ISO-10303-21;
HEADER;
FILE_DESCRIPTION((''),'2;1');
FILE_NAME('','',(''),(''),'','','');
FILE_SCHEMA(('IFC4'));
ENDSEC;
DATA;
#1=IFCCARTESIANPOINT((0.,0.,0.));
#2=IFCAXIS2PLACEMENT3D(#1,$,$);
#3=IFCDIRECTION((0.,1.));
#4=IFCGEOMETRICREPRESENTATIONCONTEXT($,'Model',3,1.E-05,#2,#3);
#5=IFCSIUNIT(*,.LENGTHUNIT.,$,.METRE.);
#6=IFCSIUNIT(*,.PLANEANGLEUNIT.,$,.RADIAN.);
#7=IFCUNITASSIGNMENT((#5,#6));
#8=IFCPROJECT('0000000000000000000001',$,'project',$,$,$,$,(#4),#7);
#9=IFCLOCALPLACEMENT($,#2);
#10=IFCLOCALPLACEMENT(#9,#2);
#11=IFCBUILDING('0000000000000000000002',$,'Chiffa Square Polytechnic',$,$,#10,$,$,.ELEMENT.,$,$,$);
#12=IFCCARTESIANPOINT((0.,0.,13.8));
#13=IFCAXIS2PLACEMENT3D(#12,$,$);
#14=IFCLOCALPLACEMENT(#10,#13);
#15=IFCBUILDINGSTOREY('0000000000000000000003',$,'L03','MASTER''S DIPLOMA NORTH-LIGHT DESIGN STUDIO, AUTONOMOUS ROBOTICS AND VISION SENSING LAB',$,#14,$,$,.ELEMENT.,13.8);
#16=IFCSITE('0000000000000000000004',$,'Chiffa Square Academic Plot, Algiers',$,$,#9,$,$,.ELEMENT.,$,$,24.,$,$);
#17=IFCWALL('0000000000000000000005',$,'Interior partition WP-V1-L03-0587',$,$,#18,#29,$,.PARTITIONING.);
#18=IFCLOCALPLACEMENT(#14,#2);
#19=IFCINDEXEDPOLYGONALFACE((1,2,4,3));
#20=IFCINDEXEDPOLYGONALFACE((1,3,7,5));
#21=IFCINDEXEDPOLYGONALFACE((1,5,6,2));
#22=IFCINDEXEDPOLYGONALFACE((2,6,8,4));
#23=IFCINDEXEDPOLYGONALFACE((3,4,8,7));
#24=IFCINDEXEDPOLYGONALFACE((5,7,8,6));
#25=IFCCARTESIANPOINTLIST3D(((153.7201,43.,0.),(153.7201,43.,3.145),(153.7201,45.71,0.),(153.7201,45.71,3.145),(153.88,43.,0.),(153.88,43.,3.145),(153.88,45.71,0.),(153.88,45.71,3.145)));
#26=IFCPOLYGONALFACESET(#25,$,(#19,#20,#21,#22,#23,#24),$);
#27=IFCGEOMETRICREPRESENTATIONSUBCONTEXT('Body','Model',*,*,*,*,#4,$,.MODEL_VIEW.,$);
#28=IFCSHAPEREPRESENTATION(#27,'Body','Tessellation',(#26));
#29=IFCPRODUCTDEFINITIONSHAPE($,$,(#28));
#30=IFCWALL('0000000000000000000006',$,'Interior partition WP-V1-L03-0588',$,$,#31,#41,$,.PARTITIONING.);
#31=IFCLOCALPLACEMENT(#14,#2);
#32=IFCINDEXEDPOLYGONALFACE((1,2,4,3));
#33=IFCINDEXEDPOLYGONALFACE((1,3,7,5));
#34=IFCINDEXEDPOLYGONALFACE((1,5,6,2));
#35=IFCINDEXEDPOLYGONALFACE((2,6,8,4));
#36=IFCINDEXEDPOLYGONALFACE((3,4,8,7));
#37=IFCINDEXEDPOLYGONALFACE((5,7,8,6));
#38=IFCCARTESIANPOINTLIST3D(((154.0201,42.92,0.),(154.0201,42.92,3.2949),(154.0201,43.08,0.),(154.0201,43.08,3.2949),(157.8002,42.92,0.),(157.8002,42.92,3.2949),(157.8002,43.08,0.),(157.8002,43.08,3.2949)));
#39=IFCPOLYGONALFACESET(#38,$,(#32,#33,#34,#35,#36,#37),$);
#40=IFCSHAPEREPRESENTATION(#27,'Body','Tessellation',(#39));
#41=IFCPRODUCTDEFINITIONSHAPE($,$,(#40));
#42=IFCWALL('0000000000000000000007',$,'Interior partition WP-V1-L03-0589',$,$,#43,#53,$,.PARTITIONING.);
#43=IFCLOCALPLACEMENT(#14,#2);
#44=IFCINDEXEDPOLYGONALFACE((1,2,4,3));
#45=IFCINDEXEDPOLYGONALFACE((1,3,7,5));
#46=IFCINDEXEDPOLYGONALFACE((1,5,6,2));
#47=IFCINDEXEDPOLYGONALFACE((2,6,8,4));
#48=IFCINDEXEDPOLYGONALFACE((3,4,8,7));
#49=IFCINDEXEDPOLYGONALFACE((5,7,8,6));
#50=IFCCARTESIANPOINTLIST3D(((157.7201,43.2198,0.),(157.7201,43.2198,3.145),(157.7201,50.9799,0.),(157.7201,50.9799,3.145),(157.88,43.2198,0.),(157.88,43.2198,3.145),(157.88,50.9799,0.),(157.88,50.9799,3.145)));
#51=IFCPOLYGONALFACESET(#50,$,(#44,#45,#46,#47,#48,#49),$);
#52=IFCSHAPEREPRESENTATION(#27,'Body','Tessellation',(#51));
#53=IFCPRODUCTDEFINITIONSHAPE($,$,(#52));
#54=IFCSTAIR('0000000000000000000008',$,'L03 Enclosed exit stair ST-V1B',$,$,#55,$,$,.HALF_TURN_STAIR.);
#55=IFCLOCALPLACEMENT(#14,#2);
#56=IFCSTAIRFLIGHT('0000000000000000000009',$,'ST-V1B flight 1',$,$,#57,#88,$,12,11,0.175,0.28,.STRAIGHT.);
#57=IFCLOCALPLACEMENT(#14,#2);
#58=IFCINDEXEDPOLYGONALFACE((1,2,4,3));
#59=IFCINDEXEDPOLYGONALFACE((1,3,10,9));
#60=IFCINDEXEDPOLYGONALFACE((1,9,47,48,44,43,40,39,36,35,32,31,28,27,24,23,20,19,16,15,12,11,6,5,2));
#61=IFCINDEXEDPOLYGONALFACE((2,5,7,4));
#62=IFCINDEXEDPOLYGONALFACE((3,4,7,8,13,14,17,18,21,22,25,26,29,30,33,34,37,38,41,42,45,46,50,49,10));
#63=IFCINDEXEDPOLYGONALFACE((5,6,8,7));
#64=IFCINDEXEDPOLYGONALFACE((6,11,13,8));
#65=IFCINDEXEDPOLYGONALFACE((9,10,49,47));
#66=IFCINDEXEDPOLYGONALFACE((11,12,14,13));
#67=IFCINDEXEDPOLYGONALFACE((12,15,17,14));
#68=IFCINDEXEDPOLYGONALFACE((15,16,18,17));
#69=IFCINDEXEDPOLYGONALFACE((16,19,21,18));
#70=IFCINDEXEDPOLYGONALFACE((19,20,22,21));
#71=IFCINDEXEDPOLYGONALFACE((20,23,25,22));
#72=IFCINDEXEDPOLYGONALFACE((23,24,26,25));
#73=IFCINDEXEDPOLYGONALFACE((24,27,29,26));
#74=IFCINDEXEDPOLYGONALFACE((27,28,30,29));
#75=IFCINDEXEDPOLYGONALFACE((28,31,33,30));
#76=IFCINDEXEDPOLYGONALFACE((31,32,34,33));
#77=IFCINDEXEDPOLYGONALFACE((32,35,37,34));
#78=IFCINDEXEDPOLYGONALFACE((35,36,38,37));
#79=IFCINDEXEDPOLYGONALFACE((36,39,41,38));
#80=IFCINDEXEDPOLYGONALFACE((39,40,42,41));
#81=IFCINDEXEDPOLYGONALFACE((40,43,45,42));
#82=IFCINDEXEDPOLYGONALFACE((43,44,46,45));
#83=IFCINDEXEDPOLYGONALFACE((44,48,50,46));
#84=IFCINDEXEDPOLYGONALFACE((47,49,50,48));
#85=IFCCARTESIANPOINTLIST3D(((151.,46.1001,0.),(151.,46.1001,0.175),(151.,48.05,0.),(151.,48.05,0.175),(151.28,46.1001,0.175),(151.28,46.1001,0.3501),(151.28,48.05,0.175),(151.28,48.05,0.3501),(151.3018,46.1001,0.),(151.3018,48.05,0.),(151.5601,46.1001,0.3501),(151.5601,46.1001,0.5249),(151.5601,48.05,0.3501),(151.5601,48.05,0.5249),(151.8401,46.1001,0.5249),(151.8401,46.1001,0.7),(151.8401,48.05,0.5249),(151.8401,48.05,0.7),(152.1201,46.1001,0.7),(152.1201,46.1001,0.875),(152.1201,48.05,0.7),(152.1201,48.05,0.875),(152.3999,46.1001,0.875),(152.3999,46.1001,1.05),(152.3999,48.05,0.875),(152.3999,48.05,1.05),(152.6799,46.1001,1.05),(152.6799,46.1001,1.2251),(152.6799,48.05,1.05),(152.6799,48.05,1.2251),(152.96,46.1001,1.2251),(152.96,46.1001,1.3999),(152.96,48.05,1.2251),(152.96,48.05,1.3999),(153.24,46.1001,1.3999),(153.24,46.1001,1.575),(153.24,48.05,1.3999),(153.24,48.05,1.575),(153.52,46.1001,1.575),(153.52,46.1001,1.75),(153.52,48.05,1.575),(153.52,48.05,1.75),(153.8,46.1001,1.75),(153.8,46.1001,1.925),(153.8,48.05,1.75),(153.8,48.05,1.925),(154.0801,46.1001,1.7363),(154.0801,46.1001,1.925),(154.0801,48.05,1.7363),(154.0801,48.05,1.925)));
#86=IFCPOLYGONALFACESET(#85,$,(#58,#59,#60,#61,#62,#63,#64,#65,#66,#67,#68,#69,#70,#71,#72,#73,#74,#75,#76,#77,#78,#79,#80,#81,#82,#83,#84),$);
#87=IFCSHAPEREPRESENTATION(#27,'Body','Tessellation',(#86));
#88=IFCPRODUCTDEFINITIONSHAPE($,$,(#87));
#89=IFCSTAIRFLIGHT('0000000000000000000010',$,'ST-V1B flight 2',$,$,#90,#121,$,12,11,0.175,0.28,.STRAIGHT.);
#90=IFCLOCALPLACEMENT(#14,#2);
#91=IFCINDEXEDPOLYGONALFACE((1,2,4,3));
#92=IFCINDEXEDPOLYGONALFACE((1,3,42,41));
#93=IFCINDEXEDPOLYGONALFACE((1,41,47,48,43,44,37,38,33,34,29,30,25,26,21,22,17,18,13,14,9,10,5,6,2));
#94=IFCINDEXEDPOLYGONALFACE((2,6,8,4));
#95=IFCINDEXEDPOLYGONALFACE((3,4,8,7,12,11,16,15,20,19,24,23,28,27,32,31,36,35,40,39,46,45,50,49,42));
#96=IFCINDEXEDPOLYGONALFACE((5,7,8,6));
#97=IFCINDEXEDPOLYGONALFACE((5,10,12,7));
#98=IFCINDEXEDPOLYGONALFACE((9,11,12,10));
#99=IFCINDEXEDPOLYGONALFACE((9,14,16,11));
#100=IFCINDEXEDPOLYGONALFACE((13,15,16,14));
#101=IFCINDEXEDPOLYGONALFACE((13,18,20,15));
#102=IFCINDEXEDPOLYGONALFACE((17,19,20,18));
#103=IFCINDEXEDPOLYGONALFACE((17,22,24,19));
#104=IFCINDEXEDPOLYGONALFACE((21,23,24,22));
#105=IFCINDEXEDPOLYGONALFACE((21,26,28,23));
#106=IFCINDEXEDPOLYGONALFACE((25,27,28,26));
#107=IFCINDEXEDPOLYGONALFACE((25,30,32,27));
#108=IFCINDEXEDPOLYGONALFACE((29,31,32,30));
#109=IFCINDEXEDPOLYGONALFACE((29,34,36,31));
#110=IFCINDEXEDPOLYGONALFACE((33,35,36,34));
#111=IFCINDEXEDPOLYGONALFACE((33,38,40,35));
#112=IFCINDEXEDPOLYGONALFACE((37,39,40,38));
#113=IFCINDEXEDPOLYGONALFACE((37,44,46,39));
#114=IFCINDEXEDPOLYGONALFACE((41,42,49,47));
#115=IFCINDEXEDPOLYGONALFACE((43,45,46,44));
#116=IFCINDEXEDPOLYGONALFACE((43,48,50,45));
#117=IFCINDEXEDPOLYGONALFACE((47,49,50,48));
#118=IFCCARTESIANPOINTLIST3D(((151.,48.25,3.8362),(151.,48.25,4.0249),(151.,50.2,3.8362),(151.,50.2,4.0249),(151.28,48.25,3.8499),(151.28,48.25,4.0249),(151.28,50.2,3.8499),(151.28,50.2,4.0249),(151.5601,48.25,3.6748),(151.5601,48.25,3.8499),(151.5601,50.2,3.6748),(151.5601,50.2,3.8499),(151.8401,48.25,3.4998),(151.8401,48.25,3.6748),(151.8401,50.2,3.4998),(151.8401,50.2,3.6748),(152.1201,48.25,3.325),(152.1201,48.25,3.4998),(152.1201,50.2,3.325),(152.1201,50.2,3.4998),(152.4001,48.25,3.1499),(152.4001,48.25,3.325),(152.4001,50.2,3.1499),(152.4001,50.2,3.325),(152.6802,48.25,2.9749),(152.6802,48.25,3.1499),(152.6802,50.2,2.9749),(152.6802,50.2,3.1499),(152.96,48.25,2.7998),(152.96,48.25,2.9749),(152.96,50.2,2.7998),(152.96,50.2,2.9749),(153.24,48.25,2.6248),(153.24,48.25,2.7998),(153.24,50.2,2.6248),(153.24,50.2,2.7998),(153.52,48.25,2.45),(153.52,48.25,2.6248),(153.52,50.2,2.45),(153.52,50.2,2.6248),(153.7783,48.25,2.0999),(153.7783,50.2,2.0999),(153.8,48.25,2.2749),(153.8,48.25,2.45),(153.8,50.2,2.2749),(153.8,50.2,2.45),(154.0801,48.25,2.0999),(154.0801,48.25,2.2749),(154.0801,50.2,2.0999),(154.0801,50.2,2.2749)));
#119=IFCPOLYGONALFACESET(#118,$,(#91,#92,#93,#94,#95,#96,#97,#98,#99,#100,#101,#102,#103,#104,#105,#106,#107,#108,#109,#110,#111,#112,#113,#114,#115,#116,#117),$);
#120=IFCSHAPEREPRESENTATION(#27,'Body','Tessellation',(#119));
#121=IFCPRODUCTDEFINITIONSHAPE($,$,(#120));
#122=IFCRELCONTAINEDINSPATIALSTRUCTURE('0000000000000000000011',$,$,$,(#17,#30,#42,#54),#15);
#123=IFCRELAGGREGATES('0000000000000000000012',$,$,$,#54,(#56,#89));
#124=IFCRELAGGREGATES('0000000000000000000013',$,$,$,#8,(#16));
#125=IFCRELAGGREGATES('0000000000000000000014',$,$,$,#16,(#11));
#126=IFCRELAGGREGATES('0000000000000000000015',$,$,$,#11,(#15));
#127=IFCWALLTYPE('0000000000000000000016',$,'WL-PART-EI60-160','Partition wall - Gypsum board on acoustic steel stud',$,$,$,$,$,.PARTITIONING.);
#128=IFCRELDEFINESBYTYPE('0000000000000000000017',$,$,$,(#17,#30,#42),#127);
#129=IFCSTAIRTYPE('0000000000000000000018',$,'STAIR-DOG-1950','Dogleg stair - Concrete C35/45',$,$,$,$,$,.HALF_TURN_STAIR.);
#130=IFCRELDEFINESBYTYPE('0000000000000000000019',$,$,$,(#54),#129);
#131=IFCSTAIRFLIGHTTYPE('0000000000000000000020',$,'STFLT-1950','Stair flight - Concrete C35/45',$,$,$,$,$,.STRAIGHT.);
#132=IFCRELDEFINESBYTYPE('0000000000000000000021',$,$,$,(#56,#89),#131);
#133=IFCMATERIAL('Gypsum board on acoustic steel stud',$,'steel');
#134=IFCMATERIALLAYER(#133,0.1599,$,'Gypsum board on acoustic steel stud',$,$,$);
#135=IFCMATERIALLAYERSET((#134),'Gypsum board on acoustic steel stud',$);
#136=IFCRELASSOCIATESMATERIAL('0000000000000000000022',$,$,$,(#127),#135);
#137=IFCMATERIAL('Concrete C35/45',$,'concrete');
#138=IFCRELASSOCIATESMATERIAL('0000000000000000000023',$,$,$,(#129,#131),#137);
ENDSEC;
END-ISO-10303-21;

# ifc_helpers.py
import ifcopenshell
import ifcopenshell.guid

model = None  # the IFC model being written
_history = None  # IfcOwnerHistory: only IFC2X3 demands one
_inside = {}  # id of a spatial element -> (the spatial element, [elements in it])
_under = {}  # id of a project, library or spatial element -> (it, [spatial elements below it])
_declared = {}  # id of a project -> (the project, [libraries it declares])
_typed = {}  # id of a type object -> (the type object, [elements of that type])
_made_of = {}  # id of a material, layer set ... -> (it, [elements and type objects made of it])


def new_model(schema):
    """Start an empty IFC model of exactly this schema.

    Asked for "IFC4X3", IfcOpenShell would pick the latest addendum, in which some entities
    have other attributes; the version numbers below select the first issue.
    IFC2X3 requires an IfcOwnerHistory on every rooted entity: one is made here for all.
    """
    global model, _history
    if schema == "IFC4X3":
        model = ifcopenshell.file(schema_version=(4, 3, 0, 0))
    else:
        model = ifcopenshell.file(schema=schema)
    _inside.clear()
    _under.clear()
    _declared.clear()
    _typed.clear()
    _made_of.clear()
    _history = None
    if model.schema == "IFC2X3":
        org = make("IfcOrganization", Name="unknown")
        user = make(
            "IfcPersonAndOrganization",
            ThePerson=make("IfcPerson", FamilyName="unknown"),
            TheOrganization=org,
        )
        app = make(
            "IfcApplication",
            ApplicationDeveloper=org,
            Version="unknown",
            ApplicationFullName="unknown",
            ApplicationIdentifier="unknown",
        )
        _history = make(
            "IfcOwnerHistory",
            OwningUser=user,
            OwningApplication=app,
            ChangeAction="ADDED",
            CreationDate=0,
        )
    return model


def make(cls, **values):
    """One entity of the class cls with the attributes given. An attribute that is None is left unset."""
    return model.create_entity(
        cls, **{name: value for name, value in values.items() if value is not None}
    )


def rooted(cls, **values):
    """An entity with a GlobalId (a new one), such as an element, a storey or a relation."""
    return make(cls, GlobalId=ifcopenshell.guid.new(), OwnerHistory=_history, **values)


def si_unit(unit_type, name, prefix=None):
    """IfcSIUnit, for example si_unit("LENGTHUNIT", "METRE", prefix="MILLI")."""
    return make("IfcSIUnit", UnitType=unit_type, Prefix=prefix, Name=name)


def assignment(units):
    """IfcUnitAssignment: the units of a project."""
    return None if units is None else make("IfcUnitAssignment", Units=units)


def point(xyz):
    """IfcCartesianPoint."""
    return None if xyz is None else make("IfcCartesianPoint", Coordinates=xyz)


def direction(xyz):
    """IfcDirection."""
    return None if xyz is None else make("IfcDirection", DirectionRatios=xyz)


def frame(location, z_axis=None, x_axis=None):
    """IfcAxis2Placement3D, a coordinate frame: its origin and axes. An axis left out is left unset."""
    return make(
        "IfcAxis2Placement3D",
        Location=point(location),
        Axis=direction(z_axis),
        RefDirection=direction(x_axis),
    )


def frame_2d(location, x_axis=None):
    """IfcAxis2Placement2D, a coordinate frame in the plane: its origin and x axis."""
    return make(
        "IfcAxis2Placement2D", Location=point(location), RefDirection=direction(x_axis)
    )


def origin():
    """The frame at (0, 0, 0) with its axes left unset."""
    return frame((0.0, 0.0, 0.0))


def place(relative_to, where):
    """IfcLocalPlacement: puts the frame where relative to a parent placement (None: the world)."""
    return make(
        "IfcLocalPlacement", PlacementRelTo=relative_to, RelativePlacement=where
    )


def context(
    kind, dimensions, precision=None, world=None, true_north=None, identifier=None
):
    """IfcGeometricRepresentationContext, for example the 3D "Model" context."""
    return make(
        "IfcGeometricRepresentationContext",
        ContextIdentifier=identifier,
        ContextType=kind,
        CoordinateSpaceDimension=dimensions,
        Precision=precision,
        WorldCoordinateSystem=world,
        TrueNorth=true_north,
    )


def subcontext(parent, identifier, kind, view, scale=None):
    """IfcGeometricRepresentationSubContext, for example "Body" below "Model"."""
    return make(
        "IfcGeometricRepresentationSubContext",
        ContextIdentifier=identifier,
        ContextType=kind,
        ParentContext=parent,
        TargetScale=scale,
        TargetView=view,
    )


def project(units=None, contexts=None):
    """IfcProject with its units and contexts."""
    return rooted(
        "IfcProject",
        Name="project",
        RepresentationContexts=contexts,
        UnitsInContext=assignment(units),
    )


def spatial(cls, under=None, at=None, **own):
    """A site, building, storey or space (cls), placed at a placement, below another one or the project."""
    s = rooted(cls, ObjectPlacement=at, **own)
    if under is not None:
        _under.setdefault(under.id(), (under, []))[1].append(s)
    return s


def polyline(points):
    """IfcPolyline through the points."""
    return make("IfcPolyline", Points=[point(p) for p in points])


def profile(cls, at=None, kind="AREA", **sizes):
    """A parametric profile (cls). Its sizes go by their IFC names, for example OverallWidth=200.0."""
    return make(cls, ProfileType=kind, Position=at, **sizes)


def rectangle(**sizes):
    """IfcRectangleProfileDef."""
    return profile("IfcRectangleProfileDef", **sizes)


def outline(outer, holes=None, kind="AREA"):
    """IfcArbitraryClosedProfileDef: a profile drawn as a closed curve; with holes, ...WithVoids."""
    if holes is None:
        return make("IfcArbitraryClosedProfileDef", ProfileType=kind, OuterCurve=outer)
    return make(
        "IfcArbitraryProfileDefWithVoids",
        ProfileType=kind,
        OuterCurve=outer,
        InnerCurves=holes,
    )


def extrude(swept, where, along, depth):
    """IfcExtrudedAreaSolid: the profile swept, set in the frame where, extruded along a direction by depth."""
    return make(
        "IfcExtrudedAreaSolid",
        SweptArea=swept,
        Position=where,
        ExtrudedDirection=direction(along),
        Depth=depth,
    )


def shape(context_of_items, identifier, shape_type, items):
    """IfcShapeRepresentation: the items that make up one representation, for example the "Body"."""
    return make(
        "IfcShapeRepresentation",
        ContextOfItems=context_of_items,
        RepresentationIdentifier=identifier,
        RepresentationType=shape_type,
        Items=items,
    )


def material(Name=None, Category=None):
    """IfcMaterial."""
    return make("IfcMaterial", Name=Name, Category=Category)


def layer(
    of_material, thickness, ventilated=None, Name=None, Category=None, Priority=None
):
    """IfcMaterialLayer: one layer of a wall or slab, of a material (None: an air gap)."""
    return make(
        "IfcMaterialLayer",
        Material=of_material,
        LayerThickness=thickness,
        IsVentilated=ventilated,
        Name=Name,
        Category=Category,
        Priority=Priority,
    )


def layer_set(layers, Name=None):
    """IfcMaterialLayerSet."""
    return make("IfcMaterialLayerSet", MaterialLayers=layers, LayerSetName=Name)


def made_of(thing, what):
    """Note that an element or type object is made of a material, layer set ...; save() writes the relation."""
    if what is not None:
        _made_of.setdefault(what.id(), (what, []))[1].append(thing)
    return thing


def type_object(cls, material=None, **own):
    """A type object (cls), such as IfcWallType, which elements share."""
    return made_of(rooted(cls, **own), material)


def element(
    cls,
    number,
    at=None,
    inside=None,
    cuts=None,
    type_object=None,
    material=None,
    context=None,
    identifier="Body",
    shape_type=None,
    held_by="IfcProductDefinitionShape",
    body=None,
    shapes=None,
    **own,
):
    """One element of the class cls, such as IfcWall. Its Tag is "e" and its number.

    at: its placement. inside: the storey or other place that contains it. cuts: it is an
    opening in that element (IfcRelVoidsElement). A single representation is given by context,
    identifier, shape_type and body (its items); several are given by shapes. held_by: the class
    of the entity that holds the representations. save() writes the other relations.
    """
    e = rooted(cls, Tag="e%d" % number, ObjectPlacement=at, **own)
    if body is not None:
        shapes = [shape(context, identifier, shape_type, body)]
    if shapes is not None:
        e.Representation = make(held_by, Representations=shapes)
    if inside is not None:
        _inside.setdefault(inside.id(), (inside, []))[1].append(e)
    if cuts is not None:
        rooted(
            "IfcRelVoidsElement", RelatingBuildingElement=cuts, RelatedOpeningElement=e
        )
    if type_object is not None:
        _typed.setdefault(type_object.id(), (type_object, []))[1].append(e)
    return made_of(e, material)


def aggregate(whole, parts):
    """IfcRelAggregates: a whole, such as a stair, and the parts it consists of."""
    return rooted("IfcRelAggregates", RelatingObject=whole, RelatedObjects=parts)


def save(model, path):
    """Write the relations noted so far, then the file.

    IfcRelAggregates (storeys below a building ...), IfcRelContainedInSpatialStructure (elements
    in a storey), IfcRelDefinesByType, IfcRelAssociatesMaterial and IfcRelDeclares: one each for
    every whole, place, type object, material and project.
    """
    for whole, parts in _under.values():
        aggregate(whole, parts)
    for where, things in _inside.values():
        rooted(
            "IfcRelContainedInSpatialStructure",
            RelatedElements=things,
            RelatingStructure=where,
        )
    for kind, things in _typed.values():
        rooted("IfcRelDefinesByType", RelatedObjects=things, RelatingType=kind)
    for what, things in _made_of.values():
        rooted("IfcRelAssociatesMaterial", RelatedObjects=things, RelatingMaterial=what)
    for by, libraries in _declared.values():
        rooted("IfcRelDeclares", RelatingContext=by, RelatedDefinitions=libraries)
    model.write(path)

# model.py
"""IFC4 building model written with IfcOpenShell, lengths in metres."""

from ifc_helpers import new_model, si_unit, direction, frame, frame_2d, origin, place, context, subcontext, project, spatial, polyline, rectangle, outline, extrude, material, layer, layer_set, type_object, element, aggregate, save


model = new_model("IFC4")

# Units and contexts
model_context = context("Model", 3, precision=1e-05, world=origin(), true_north=direction((0.0, 1.0)))
body_context = subcontext(model_context, "Body", "Model", "MODEL_VIEW")
ifc_project = project(units=[si_unit("LENGTHUNIT", "METRE"), si_unit("PLANEANGLEUNIT", "RADIAN")], contexts=[model_context])

# Site, building, storey
site_placement = place(None, origin())
site = spatial("IfcSite", under=ifc_project, at=site_placement, Name="Chiffa Square Academic Plot, Algiers", CompositionType="ELEMENT", RefElevation=24.0)
building_placement = place(site_placement, origin())
building = spatial("IfcBuilding", under=site, at=building_placement, Name="Chiffa Square Polytechnic", CompositionType="ELEMENT")
storey_placement = place(building_placement, frame((0.0, 0.0, 13.8)))
storey = spatial("IfcBuildingStorey", under=building, at=storey_placement, Name="L03", Description="MASTER'S DIPLOMA NORTH-LIGHT DESIGN STUDIO, AUTONOMOUS ROBOTICS AND VISION SENSING LAB", CompositionType="ELEMENT", Elevation=13.8)

# Shared definitions
ifc_material_1 = material(Name="Concrete C35/45", Category="concrete")

# Walls
ifc_material_2 = material(Name="Gypsum board on acoustic steel stud", Category="steel")
ifc_layer_1 = layer(ifc_material_2, 0.1599, Name="Gypsum board on acoustic steel stud")
ifc_layer_set_1 = layer_set([ifc_layer_1], Name="Gypsum board on acoustic steel stud")
wall_type_1 = type_object("IfcWallType", Name="WL-PART-EI60-160", Description="Partition wall - Gypsum board on acoustic steel stud", PredefinedType="PARTITIONING", material=ifc_layer_set_1)
wall_1_placement = place(storey_placement, frame((153.8, 43.0, 0.0), z_axis=(0.0, 0.0, 1.0), x_axis=(0.0, 1.0, 0.0)))
element("IfcWall", 1, at=wall_1_placement, inside=storey, type_object=wall_type_1, Name="Interior partition WP-V1-L03-0587", PredefinedType="PARTITIONING", context=body_context, shape_type="SweptSolid", body=[
    extrude(rectangle(XDim=2.71, YDim=0.1599, at=frame_2d((1.355, 0.0))), origin(), (0.0, 0.0, 1.0), 3.145),
])
wall_2_placement = place(storey_placement, frame((154.02, 43.0, 0.0), z_axis=(0.0, 0.0, 1.0), x_axis=(1.0, 0.0, 0.0)))
element("IfcWall", 2, at=wall_2_placement, inside=storey, type_object=wall_type_1, Name="Interior partition WP-V1-L03-0588", PredefinedType="PARTITIONING", context=body_context, shape_type="SweptSolid", body=[
    extrude(rectangle(XDim=3.78, YDim=0.1599, at=frame_2d((1.8901, 0.0))), origin(), (0.0, 0.0, 1.0), 3.2949),
])
wall_3_placement = place(storey_placement, frame((157.8, 43.22, 0.0), z_axis=(0.0, 0.0, 1.0), x_axis=(0.0, 1.0, 0.0)))
element("IfcWall", 3, at=wall_3_placement, inside=storey, type_object=wall_type_1, Name="Interior partition WP-V1-L03-0589", PredefinedType="PARTITIONING", context=body_context, shape_type="SweptSolid", body=[
    extrude(rectangle(XDim=7.76, YDim=0.1599, at=frame_2d((3.8799, 0.0))), origin(), (0.0, 0.0, 1.0), 3.145),
])

# Stair, stair flights
stair_type = type_object("IfcStairType", Name="STAIR-DOG-1950", Description="Dogleg stair - Concrete C35/45", PredefinedType="HALF_TURN_STAIR", material=ifc_material_1)
stair_placement = place(storey_placement, origin())
stair = element("IfcStair", 4, at=stair_placement, inside=storey, type_object=stair_type, Name="L03 Enclosed exit stair ST-V1B", PredefinedType="HALF_TURN_STAIR")
stair_flight_type = type_object("IfcStairFlightType", Name="STFLT-1950", Description="Stair flight - Concrete C35/45", PredefinedType="STRAIGHT", material=ifc_material_1)
stair_flight_1_placement = place(storey_placement, frame((151.0, 47.075, 0.0), z_axis=(0.0, 0.0, 1.0), x_axis=(1.0, 0.0, 0.0)))
stair_flight_1 = element("IfcStairFlight", 5, at=stair_flight_1_placement, type_object=stair_flight_type, Name="ST-V1B flight 1", NumberOfRisers=12, NumberOfTreads=11, PredefinedType="STRAIGHT", RiserHeight=0.175, TreadLength=0.28, context=body_context, shape_type="SweptSolid", body=[
    extrude(outline(polyline([(0.0, 0.0), (0.0, 0.175), (0.28, 0.175), (0.28, 0.3501), (0.5601, 0.3501), (0.5601, 0.5249), (0.8401, 0.5249), (0.8401, 0.7), (1.1201, 0.7), (1.1201, 0.875), (1.3999, 0.875), (1.3999, 1.05), (1.6799, 1.05), (1.6799, 1.2251), (1.96, 1.2251), (1.96, 1.3999), (2.24, 1.3999), (2.24, 1.575), (2.52, 1.575), (2.52, 1.75), (2.8, 1.75), (2.8, 1.925), (3.0801, 1.925), (3.0801, 2.1001), (3.0801, 1.7363), (0.3018, 0.0), (0.0, 0.0)])), frame((0.0, 0.9751, 0.0), z_axis=(0.0, -1.0, 0.0), x_axis=(1.0, 0.0, 0.0)), (0.0, 0.0, 1.0), 1.95),
])
stair_flight_2_placement = place(storey_placement, frame((154.0801, 49.2251, 2.0999), z_axis=(0.0, 0.0, 1.0), x_axis=(-1.0, 0.0, 0.0)))
stair_flight_2 = element("IfcStairFlight", 6, at=stair_flight_2_placement, type_object=stair_flight_type, Name="ST-V1B flight 2", NumberOfRisers=12, NumberOfTreads=11, PredefinedType="STRAIGHT", RiserHeight=0.175, TreadLength=0.28, context=body_context, shape_type="SweptSolid", body=[
    extrude(outline(polyline([(0.0, 0.0), (0.0, 0.175), (0.28, 0.175), (0.28, 0.3501), (0.5601, 0.3501), (0.5601, 0.5249), (0.8401, 0.5249), (0.8401, 0.7), (1.1201, 0.7), (1.1201, 0.875), (1.3999, 0.875), (1.3999, 1.05), (1.6799, 1.05), (1.6799, 1.2251), (1.96, 1.2251), (1.96, 1.3999), (2.24, 1.3999), (2.24, 1.575), (2.52, 1.575), (2.52, 1.75), (2.8, 1.75), (2.8, 1.925), (3.0801, 1.925), (3.0801, 2.1001), (3.0801, 1.7363), (0.3018, 0.0), (0.0, 0.0)])), frame((0.0, 0.9751, 0.0), z_axis=(0.0, -1.0, 0.0), x_axis=(1.0, 0.0, 0.0)), (0.0, 0.0, 1.0), 1.95),
])
aggregate(stair, [stair_flight_1, stair_flight_2])

save(model, "model.ifc")
